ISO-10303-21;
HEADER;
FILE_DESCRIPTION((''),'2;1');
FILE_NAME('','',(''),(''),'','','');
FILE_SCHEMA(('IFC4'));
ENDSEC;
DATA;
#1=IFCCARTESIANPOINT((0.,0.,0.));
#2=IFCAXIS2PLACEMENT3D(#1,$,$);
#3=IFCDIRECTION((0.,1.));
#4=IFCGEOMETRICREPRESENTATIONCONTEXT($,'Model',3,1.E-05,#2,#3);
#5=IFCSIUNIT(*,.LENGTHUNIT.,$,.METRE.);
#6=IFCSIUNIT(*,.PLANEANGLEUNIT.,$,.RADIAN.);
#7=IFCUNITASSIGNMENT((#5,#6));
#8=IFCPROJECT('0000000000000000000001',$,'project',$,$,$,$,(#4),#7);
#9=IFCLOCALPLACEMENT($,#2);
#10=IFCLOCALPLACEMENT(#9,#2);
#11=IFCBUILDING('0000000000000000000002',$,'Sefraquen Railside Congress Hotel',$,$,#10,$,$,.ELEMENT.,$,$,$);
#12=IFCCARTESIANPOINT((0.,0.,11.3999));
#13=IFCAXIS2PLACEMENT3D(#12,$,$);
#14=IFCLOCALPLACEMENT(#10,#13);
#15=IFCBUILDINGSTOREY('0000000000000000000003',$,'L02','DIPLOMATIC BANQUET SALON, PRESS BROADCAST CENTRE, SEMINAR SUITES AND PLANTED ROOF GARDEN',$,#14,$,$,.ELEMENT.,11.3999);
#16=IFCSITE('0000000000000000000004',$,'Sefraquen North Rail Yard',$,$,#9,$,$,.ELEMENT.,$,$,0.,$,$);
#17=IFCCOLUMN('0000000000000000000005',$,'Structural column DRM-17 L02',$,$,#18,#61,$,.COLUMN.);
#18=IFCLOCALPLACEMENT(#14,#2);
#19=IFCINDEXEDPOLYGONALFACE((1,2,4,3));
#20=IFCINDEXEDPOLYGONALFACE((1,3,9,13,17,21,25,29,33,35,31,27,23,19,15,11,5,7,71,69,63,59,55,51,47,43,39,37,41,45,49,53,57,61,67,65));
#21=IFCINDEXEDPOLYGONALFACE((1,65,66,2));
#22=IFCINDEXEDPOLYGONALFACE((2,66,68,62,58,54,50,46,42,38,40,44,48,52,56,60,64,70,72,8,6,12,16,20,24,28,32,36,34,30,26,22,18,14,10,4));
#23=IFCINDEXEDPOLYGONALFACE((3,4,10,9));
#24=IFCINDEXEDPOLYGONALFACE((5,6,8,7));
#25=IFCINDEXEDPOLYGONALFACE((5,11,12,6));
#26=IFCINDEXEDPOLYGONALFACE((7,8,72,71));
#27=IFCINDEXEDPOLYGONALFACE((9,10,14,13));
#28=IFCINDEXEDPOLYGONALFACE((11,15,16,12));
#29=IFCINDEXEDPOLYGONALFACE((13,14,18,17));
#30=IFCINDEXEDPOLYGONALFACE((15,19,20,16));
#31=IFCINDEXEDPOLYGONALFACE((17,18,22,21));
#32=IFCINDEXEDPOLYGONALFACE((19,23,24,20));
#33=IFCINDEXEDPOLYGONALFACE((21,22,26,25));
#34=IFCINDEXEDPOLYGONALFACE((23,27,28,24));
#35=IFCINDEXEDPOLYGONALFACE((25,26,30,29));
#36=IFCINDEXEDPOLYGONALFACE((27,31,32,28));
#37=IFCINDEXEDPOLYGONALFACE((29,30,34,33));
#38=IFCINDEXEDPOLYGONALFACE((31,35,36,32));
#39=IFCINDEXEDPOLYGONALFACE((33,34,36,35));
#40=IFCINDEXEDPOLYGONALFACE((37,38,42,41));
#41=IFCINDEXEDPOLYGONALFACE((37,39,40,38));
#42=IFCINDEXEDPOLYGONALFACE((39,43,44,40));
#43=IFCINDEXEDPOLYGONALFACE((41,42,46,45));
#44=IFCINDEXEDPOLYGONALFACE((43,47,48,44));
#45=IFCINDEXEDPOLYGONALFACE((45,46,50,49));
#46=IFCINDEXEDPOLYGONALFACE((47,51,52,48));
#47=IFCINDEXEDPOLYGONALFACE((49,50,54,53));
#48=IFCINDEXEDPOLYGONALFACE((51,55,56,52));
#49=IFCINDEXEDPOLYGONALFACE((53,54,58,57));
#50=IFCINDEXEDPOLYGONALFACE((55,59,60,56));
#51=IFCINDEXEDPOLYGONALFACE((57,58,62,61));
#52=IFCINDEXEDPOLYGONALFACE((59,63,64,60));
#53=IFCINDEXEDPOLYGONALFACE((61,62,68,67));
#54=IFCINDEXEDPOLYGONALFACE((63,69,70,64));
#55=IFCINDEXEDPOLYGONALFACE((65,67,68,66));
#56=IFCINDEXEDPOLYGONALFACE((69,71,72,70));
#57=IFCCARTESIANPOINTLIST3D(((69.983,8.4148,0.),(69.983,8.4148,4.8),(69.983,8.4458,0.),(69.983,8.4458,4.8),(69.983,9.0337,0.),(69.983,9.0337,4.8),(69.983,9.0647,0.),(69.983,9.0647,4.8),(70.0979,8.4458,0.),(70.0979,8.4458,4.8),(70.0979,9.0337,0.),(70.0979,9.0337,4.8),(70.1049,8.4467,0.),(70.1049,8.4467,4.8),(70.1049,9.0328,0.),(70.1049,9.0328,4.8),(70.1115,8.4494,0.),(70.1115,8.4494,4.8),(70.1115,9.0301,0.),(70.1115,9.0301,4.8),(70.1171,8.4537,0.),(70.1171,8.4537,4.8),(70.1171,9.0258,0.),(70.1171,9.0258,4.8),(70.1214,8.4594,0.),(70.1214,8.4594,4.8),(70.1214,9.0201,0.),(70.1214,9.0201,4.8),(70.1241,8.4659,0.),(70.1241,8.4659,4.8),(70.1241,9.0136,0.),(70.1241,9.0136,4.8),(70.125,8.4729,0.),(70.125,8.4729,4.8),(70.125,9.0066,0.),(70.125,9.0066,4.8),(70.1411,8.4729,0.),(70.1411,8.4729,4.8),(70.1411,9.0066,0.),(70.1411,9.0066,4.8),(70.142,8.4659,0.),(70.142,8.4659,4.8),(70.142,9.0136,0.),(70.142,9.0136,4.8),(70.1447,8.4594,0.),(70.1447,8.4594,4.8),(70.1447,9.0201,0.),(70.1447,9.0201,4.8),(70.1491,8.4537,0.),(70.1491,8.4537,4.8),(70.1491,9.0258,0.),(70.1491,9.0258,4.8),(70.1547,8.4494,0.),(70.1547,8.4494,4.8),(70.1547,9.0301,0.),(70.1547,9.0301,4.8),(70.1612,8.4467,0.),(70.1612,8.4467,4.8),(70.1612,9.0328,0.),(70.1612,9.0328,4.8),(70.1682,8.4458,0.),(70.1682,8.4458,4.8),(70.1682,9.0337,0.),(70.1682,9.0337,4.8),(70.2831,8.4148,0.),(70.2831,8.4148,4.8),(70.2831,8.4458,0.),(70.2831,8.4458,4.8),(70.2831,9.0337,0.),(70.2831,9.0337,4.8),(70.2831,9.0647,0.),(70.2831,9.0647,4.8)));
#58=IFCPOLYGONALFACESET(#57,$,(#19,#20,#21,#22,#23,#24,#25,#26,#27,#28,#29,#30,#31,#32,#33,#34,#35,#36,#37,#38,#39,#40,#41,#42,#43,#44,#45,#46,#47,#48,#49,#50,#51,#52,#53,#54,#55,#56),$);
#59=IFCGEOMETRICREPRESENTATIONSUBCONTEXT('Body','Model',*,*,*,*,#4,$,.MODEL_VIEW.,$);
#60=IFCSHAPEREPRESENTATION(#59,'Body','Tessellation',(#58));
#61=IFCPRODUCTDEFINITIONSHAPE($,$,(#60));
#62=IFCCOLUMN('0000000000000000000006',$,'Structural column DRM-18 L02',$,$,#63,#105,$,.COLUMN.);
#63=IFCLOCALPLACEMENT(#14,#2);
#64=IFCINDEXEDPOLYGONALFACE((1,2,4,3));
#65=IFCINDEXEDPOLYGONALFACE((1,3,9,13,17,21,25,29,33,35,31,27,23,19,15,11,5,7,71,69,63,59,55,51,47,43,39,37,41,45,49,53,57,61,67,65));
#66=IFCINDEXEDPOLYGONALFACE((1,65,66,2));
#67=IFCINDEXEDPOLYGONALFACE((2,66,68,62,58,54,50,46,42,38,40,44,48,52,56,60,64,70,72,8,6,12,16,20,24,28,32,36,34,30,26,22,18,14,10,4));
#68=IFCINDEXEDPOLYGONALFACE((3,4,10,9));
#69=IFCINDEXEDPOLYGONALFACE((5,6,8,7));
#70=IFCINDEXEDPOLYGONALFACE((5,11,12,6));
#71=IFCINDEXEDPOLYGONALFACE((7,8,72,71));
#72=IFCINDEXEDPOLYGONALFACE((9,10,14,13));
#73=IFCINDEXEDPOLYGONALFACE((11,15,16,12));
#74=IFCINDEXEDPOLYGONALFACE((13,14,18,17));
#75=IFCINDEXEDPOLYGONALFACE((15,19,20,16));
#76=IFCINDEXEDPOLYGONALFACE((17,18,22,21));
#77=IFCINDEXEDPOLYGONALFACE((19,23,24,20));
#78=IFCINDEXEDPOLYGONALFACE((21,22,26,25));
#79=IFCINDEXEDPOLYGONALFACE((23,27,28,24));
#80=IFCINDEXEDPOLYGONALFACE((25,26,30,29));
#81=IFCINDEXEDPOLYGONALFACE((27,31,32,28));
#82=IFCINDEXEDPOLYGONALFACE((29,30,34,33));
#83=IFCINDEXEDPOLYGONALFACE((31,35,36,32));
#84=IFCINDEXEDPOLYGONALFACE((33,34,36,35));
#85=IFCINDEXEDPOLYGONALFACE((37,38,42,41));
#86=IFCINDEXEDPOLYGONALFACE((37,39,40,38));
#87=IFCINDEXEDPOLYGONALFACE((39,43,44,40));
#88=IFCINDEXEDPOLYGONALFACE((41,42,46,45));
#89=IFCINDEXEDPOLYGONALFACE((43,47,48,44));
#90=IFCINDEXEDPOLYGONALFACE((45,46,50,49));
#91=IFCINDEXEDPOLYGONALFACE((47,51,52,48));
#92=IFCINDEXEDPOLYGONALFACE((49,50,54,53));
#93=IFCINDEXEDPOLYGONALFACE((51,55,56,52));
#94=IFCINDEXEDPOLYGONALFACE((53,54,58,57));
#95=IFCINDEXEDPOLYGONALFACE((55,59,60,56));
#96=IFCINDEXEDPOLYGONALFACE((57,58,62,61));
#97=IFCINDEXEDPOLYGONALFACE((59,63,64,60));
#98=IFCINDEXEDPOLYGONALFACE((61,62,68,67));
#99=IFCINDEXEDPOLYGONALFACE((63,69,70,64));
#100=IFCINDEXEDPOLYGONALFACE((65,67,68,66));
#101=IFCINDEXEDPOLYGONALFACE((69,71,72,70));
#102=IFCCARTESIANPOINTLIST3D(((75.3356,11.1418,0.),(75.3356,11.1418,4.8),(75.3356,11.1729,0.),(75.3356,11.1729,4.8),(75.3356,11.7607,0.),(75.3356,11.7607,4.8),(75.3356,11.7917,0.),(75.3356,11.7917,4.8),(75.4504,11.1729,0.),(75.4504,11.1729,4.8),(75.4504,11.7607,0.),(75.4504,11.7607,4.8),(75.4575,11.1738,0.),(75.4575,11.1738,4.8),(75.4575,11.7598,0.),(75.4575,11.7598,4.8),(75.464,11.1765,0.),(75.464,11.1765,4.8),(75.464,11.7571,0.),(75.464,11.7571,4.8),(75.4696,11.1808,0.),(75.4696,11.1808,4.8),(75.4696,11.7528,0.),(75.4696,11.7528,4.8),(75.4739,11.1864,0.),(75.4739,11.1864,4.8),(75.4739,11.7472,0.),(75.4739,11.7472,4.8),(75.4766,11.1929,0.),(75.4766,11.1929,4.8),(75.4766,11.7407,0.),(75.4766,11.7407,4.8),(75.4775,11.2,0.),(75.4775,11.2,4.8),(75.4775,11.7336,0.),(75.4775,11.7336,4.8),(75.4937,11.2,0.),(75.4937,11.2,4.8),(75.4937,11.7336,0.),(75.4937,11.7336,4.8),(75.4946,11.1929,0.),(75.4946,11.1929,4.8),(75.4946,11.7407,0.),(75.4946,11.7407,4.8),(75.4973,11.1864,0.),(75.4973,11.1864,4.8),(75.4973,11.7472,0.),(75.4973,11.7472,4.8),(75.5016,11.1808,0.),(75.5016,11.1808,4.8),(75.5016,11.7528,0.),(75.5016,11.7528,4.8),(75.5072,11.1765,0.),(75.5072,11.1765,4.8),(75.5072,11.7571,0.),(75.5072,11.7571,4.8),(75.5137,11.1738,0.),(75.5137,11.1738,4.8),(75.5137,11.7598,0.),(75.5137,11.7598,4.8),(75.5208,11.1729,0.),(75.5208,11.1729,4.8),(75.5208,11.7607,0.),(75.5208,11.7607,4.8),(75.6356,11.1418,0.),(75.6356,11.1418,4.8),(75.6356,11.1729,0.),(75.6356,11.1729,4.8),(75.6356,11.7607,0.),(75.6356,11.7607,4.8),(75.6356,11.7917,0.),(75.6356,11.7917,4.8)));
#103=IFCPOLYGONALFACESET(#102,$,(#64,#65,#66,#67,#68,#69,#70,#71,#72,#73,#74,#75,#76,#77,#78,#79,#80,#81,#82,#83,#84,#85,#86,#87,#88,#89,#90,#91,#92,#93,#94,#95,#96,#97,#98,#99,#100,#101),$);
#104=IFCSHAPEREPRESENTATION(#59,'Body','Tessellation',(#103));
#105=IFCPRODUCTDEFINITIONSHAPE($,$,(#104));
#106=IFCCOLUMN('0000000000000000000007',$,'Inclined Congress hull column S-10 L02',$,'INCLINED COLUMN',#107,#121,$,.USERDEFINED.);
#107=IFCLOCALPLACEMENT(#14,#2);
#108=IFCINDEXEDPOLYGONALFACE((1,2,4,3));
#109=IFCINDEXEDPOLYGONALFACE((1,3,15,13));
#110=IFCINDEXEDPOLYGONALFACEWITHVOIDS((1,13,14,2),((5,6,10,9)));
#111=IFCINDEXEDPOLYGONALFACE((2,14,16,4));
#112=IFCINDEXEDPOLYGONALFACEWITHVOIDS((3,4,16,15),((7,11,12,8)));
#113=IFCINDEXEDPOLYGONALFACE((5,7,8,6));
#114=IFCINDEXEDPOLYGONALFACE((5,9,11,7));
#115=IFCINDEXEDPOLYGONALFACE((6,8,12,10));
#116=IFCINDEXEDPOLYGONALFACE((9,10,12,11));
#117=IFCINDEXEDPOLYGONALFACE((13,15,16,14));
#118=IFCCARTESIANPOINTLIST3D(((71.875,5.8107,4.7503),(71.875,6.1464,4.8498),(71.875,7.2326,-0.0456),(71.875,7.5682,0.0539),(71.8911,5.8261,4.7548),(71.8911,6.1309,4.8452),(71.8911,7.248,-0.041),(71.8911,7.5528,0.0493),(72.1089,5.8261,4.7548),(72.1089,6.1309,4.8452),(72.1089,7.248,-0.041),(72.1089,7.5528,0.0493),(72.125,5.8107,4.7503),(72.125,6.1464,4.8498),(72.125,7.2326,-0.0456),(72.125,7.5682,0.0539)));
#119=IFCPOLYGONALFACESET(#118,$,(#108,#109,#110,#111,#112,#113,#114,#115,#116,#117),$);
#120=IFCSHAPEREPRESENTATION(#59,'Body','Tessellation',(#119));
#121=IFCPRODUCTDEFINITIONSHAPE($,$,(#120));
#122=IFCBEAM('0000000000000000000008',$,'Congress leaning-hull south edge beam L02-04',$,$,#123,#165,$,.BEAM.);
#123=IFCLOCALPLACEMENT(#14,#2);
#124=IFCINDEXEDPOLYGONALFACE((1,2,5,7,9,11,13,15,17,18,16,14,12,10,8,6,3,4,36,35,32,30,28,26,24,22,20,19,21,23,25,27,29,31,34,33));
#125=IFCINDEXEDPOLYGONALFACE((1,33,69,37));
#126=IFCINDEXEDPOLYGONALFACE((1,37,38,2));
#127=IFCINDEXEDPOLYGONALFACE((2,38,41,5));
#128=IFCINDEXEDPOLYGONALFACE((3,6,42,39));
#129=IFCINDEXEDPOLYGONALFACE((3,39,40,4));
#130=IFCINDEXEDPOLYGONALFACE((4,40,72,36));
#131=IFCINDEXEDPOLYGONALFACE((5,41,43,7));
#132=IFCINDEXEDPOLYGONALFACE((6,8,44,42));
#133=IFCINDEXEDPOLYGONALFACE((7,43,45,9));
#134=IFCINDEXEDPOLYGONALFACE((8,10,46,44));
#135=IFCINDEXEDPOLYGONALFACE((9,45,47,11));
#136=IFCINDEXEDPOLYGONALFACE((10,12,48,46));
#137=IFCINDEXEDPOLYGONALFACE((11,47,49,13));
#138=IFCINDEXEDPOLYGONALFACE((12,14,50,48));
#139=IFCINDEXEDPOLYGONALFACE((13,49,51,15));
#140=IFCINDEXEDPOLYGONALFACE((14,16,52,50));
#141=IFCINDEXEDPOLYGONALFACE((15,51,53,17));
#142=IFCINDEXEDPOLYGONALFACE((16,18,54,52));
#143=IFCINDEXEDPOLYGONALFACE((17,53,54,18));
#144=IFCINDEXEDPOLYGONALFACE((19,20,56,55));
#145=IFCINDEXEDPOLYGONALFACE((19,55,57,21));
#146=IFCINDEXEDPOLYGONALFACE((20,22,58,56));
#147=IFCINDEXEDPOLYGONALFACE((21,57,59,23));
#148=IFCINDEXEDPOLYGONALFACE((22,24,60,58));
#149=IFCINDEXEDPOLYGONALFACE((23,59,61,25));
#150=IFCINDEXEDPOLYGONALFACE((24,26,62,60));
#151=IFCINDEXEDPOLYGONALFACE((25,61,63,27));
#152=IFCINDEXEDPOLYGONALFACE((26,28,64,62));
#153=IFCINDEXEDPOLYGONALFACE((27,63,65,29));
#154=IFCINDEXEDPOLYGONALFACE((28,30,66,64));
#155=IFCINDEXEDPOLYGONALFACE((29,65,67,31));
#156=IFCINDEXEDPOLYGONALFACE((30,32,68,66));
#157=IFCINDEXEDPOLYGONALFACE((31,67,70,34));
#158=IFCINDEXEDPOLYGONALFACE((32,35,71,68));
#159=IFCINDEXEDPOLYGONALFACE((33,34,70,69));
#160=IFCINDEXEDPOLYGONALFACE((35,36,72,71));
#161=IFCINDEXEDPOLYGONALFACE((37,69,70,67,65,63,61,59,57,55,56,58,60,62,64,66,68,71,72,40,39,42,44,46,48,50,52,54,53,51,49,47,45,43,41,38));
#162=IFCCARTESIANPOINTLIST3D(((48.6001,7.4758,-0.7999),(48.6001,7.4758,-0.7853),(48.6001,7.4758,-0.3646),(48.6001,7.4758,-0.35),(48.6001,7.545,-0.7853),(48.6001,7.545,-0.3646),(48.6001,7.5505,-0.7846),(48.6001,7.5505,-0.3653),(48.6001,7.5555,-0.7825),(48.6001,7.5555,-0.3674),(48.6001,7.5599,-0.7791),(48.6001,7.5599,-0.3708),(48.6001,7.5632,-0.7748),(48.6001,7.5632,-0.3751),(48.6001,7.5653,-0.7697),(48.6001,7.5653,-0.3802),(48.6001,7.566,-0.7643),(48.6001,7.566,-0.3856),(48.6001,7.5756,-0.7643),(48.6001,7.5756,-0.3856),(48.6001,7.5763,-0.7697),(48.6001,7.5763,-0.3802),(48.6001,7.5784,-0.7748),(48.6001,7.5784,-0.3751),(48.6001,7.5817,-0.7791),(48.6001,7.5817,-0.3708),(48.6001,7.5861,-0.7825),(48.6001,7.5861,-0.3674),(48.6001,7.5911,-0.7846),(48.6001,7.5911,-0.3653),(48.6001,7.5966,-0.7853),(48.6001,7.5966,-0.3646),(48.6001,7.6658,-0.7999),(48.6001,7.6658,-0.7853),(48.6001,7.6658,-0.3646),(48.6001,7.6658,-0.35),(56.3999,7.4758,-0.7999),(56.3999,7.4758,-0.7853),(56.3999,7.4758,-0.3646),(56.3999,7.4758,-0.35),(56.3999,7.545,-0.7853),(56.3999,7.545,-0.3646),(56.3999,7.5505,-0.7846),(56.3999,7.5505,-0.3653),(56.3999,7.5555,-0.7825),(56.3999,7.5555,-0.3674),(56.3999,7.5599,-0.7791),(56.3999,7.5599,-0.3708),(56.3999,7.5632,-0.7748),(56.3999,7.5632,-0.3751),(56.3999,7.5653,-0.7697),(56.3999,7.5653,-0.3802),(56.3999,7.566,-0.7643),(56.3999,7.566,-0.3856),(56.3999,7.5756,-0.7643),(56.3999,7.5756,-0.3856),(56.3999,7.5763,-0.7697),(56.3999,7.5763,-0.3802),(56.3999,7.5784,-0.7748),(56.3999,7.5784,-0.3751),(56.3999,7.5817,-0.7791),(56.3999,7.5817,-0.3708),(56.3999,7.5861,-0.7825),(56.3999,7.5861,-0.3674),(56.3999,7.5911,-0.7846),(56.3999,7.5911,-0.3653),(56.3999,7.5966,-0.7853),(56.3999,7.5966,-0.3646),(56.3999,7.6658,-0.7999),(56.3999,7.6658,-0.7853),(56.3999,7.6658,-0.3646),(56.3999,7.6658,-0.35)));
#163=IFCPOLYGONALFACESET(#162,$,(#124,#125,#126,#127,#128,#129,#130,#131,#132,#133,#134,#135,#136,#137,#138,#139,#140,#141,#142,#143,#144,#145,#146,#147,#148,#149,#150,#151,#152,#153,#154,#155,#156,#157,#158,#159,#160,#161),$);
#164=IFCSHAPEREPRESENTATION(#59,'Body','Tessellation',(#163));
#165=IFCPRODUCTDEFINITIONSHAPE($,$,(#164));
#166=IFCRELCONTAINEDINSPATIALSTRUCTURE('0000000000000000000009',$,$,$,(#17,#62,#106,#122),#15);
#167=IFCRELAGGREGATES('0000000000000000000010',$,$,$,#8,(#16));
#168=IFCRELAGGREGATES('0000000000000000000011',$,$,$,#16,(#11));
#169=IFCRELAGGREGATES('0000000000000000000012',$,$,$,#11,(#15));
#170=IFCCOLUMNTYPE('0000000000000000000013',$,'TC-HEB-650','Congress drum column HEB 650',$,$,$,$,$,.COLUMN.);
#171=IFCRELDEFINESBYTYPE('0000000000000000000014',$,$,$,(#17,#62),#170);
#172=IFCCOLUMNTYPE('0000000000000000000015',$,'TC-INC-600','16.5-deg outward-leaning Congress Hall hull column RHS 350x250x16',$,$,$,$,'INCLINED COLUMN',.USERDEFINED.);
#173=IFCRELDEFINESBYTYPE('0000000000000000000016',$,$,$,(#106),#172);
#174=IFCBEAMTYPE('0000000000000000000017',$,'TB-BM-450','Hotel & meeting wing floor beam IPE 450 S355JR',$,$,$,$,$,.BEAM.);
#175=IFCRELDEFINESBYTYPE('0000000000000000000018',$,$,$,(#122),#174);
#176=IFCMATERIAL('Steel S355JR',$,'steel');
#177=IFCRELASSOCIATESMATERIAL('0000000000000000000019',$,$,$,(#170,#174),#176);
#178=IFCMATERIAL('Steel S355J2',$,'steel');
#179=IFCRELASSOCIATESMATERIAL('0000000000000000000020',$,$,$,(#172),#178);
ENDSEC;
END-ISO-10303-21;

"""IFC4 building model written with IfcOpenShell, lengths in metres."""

from ifc_helpers import new_model, si_unit, direction, frame, origin, origin_2d, place, context, subcontext, project, spatial, hollow_rectangle, i_section, extrude, material, material_profile, profile_set, type_object, element, save


model = new_model("IFC4")

# Units and contexts
model_context = context("Model", 3, precision=1e-05, world=origin(), true_north=direction((0.0, 1.0)))
body_context = subcontext(model_context, "Body", "Model", "MODEL_VIEW")
ifc_project = project(units=[si_unit("LENGTHUNIT", "METRE"), si_unit("PLANEANGLEUNIT", "RADIAN")], contexts=[model_context])

# Site, building, storey
site_placement = place(None, origin())
site = spatial("IfcSite", under=ifc_project, at=site_placement, Name="Sefraquen North Rail Yard", CompositionType="ELEMENT", RefElevation=0.0)
building_placement = place(site_placement, origin())
building = spatial("IfcBuilding", under=site, at=building_placement, Name="Sefraquen Railside Congress Hotel", CompositionType="ELEMENT")
storey_placement = place(building_placement, frame((0.0, 0.0, 11.3999)))
storey = spatial("IfcBuildingStorey", under=building, at=storey_placement, Name="L02", Description="DIPLOMATIC BANQUET SALON, PRESS BROADCAST CENTRE, SEMINAR SUITES AND PLANTED ROOF GARDEN", CompositionType="ELEMENT", Elevation=11.3999)

# Columns
ifc_material_1 = material(Name="Steel S355JR", Category="steel")
ifc_material_profile_1 = material_profile(ifc_material_1, i_section(OverallWidth=0.3, OverallDepth=0.6499, WebThickness=0.0161, FlangeThickness=0.031, FilletRadius=0.0271, at=origin_2d()), Name="HEB 650")
ifc_profile_set_1 = profile_set([ifc_material_profile_1], Name="Steel S355JR")
column_type_1 = type_object("IfcColumnType", Name="TC-HEB-650", Description="Congress drum column HEB 650", PredefinedType="COLUMN", material=ifc_profile_set_1)
for number, where, z_axis, x_axis, name in (
    (1, (70.1331, 8.7397, 0.0), (0.0, 0.0, 1.0), (1.0, 0.0, 0.0), "Structural column DRM-17 L02"),
    (2, (75.4856, 11.4668, 0.0), (0.0, 0.0, 1.0), (1.0, 0.0, 0.0), "Structural column DRM-18 L02"),
):
    element("IfcColumn", number, at=place(storey_placement, frame(where, z_axis=z_axis, x_axis=x_axis)), inside=storey, type_object=column_type_1, Name=name, PredefinedType="COLUMN", context=body_context, shape_type="SweptSolid", body=[
        extrude(i_section(OverallWidth=0.3, OverallDepth=0.6499, WebThickness=0.0161, FlangeThickness=0.031, FilletRadius=0.0271, at=origin_2d()), origin(), (0.0, 0.0, 1.0), 4.8),
    ])
ifc_material_2 = material(Name="Steel S355J2", Category="steel")
ifc_material_profile_2 = material_profile(ifc_material_2, hollow_rectangle(XDim=0.25, YDim=0.3501, WallThickness=0.0161, at=origin_2d()), Name="RHS 350x250x16")
ifc_profile_set_2 = profile_set([ifc_material_profile_2], Name="Steel S355J2")
column_type_2 = type_object("IfcColumnType", Name="TC-INC-600", Description="16.5-deg outward-leaning Congress Hall hull column RHS 350x250x16", ElementType="INCLINED COLUMN", PredefinedType="USERDEFINED", material=ifc_profile_set_2)
column_placement = place(storey_placement, frame((72.0, 7.4004, 0.0042), z_axis=(0.0, -0.284248, 0.958751), x_axis=(1.0, 0.0, 0.0)))
element("IfcColumn", 3, at=column_placement, inside=storey, type_object=column_type_2, Name="Inclined Congress hull column S-10 L02", ObjectType="INCLINED COLUMN", PredefinedType="USERDEFINED", context=body_context, shape_type="SweptSolid", body=[
    extrude(hollow_rectangle(XDim=0.25, YDim=0.3501, WallThickness=0.0161, at=origin_2d()), origin(), (0.0, 0.0, 1.0), 5.0022),
])

# Beam
ifc_material_profile_3 = material_profile(ifc_material_1, i_section(OverallWidth=0.1899, OverallDepth=0.45, WebThickness=0.0095, FlangeThickness=0.0146, FilletRadius=0.021, at=origin_2d()), Name="IPE 450")
ifc_profile_set_3 = profile_set([ifc_material_profile_3], Name="Steel S355JR")
beam_type_1 = type_object("IfcBeamType", Name="TB-BM-450", Description="Hotel & meeting wing floor beam IPE 450 S355JR", PredefinedType="BEAM", material=ifc_profile_set_3)
beam_1_placement = place(storey_placement, frame((48.6001, 7.5708, -0.575), z_axis=(1.0, 0.0, 0.0), x_axis=(0.0, 1.0, 0.0)))
element("IfcBeam", 4, at=beam_1_placement, inside=storey, type_object=beam_type_1, Name="Congress leaning-hull south edge beam L02-04", PredefinedType="BEAM", context=body_context, shape_type="SweptSolid", body=[
    extrude(i_section(OverallWidth=0.1899, OverallDepth=0.45, WebThickness=0.0095, FlangeThickness=0.0146, FilletRadius=0.021, at=origin_2d()), origin(), (0.0, 0.0, 1.0), 7.7998),
])

save(model, "model.ifc")
